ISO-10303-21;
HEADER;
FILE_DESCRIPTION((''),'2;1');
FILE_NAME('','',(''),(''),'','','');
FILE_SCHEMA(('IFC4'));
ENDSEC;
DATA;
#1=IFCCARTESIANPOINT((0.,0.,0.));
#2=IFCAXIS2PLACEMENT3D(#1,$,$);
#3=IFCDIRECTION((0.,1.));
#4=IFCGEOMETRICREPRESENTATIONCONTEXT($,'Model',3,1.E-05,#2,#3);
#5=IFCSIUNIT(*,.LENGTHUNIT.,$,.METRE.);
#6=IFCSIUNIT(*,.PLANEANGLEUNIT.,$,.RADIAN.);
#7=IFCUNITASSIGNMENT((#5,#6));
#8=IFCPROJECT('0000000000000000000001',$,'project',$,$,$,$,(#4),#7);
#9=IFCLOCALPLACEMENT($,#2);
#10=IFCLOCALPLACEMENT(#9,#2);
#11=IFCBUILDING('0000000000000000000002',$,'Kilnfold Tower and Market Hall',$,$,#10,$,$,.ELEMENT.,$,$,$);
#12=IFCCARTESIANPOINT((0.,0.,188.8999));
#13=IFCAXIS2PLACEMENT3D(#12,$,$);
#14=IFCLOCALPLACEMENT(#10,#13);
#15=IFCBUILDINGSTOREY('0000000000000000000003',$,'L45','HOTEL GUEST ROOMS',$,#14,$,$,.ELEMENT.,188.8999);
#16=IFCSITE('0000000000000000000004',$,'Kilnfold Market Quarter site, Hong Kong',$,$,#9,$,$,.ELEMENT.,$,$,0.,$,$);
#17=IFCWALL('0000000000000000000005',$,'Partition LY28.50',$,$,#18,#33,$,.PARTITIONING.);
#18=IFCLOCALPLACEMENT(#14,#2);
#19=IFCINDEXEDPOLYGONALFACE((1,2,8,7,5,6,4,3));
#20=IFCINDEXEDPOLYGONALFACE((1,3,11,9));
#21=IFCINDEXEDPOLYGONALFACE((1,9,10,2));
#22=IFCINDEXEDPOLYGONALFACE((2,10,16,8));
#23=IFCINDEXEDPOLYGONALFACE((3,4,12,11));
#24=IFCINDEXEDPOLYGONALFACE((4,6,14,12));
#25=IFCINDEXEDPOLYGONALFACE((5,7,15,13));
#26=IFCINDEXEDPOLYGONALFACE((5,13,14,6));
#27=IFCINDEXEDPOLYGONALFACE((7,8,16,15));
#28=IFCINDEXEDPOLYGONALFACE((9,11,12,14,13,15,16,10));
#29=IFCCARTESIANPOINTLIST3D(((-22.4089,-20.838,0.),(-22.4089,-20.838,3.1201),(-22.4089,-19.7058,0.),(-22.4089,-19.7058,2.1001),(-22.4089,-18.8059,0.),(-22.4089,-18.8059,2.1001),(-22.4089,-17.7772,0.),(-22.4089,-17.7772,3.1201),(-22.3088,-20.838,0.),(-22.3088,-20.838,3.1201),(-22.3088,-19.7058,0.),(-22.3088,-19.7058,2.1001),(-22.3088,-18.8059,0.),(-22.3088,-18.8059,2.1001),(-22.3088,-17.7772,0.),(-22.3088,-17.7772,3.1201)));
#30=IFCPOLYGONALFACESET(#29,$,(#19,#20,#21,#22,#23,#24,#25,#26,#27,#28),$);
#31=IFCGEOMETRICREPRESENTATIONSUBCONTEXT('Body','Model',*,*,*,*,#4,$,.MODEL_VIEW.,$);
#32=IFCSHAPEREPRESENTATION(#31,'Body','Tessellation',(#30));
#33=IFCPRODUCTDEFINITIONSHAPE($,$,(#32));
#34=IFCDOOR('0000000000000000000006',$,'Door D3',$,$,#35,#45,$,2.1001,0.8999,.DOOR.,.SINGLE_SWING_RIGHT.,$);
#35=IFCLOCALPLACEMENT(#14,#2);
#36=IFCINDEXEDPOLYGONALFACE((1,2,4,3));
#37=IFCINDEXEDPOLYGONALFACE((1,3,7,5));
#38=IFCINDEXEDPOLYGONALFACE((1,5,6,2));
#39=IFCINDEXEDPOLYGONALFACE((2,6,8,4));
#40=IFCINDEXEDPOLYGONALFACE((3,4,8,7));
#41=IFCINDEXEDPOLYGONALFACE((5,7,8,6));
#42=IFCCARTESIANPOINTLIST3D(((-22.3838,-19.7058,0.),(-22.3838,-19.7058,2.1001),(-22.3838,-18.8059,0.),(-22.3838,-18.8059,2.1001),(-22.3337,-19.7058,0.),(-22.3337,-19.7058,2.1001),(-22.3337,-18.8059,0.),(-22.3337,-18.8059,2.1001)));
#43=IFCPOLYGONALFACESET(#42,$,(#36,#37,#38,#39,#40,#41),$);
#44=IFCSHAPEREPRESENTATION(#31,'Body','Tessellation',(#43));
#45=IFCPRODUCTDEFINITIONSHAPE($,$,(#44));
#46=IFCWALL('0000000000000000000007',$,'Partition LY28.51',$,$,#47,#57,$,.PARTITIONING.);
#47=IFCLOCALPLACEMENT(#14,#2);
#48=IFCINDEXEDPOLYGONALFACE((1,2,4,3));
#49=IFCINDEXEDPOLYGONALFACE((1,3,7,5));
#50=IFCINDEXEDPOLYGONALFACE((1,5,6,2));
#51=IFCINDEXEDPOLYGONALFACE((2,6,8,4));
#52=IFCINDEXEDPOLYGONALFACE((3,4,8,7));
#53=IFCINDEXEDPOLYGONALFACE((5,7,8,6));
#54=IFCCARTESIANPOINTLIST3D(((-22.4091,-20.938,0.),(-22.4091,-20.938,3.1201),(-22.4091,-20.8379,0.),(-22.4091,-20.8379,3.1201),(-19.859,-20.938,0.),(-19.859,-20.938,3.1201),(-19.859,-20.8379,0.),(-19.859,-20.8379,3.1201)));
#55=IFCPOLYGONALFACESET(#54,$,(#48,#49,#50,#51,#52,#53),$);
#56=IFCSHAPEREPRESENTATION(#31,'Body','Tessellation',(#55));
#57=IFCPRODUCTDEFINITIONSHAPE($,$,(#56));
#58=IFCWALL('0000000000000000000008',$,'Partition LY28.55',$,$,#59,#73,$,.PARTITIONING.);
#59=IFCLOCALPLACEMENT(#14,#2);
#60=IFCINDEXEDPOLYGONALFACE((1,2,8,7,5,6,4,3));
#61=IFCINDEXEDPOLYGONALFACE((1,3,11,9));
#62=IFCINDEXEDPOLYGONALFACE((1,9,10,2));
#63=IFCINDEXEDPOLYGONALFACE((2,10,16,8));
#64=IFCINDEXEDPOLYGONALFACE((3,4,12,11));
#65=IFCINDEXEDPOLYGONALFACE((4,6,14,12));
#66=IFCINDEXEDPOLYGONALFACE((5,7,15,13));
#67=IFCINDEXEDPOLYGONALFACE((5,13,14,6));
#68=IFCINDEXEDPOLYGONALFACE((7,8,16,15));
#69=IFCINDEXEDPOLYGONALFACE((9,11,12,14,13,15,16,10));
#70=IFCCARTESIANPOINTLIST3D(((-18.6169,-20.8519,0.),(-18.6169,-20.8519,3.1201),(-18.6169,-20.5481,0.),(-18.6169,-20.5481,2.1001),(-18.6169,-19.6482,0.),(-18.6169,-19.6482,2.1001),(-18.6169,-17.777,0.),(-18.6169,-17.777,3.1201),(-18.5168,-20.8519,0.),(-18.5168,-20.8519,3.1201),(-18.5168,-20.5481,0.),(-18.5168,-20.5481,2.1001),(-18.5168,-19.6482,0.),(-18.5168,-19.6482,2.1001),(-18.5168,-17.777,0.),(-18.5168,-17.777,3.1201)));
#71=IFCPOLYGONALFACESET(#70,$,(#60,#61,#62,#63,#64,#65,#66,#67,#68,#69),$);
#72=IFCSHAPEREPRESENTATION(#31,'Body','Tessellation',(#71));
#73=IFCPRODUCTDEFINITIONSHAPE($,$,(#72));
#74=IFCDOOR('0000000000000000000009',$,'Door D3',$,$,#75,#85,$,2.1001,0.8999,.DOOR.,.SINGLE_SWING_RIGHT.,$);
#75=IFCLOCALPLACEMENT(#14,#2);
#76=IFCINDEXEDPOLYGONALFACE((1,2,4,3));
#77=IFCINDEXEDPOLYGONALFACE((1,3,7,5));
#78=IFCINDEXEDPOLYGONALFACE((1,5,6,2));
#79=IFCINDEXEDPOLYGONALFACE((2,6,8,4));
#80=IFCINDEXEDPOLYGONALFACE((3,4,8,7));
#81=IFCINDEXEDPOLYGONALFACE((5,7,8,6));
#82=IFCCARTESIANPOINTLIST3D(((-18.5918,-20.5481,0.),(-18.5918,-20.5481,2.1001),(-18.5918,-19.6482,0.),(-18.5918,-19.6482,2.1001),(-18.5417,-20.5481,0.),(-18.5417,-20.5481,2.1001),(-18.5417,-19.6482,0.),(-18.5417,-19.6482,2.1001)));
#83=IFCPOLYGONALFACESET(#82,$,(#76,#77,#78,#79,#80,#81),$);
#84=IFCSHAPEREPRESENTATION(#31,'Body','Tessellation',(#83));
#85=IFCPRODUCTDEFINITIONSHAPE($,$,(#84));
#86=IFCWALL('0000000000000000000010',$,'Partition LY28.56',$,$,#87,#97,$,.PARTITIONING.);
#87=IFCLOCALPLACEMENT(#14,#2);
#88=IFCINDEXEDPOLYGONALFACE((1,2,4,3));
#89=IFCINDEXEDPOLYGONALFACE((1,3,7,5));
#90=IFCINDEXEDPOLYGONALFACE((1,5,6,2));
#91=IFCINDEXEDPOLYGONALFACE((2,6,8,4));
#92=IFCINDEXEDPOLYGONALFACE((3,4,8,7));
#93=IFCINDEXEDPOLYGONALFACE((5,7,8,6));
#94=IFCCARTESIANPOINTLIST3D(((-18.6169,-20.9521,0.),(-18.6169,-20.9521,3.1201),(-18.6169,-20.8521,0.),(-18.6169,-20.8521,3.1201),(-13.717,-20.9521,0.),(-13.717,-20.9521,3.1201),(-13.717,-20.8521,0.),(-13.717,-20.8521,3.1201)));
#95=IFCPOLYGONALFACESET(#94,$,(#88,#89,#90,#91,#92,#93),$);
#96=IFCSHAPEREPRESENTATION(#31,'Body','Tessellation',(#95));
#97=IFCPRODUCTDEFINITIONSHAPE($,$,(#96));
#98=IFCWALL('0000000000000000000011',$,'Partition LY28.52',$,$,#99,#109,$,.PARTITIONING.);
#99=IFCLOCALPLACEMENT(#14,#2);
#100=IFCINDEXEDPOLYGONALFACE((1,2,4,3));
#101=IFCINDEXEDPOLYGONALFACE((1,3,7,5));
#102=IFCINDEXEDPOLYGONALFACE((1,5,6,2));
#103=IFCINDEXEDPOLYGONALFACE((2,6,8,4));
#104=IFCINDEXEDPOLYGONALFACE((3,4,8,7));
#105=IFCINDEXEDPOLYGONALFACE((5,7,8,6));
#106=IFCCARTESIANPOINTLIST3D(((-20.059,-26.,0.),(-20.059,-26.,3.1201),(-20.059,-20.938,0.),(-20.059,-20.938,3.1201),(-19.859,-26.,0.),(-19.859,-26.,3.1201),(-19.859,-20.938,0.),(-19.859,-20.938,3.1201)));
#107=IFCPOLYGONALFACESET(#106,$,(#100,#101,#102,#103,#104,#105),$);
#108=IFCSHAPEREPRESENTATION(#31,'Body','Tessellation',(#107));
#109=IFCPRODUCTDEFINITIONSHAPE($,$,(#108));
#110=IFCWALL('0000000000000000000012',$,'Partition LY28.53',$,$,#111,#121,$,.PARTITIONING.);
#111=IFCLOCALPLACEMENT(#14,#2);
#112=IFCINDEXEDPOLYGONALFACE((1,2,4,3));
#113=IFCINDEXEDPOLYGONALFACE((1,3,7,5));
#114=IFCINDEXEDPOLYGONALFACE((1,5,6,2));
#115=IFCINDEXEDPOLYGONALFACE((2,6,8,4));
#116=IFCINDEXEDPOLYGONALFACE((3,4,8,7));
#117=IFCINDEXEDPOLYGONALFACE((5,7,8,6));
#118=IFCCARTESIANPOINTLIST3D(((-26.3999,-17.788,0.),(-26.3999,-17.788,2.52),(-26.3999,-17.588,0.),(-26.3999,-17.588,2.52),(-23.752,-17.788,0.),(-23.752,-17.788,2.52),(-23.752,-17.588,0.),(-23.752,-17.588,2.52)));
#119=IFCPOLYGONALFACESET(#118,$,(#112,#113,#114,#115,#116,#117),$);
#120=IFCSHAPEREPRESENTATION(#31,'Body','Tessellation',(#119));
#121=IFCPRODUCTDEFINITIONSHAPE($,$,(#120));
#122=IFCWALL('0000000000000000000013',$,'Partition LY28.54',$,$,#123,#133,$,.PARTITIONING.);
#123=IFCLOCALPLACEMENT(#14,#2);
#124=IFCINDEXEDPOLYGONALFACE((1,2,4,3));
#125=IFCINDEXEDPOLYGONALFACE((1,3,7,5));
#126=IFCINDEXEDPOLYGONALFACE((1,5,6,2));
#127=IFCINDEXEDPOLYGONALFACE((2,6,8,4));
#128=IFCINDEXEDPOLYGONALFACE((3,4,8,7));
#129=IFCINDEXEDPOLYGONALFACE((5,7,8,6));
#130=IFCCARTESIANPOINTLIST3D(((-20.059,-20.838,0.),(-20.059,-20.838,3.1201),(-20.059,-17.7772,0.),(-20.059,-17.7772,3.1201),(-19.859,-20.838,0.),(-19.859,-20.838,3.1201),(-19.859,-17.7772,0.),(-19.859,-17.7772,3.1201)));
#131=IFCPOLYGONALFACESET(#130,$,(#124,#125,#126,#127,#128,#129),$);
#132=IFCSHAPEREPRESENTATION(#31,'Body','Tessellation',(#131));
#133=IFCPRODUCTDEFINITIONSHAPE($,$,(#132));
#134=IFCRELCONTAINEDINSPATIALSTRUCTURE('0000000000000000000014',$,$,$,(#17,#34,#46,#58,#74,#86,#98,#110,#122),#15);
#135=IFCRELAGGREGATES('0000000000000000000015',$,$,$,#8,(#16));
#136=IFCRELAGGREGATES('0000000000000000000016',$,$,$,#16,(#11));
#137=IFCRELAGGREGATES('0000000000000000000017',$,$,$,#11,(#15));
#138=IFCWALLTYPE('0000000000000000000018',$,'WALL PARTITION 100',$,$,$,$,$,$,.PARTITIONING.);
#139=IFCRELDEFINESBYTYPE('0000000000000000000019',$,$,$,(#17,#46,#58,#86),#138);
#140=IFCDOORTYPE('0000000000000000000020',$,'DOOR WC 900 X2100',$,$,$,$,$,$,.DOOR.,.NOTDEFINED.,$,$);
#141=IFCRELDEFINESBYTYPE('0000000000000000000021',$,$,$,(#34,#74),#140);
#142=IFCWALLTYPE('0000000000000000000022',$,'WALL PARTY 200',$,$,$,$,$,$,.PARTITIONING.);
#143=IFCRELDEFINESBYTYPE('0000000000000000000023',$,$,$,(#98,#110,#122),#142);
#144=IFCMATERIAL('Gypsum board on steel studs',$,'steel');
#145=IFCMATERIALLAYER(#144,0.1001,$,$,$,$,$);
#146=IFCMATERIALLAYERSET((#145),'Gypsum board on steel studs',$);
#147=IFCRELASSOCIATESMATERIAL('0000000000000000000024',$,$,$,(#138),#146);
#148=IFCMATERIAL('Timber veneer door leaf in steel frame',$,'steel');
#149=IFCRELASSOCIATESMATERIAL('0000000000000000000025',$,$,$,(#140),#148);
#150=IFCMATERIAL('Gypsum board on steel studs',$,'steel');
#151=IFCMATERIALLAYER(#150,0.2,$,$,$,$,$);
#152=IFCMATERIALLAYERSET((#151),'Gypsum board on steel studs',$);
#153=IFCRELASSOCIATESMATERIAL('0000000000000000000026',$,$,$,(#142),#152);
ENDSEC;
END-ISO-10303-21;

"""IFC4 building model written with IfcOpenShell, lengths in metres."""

from ifc_helpers import new_model, si_unit, direction, frame, frame_2d, origin, place, context, subcontext, project, spatial, rectangle, extrude, material, layer, layer_set, type_object, element, fill, save


model = new_model("IFC4")

# Units and contexts
model_context = context("Model", 3, precision=1e-05, world=origin(), true_north=direction((0.0, 1.0)))
body_context = subcontext(model_context, "Body", "Model", "MODEL_VIEW")
ifc_project = project(units=[si_unit("LENGTHUNIT", "METRE"), si_unit("PLANEANGLEUNIT", "RADIAN")], contexts=[model_context])

# Site, building, storey
site_placement = place(None, origin())
site = spatial("IfcSite", under=ifc_project, at=site_placement, Name="Kilnfold Market Quarter site, Hong Kong", CompositionType="ELEMENT", RefElevation=0.0)
building_placement = place(site_placement, origin())
building = spatial("IfcBuilding", under=site, at=building_placement, Name="Kilnfold Tower and Market Hall", CompositionType="ELEMENT")
storey_placement = place(building_placement, frame((0.0, 0.0, 188.8999)))
storey = spatial("IfcBuildingStorey", under=building, at=storey_placement, Name="L45", Description="HOTEL GUEST ROOMS", CompositionType="ELEMENT", Elevation=188.8999)

# Wall, opening, door
ifc_material_1 = material(Name="Gypsum board on steel studs", Category="steel")
ifc_layer_1 = layer(ifc_material_1, 0.1001)
ifc_layer_set_1 = layer_set([ifc_layer_1], Name="Gypsum board on steel studs")
wall_type_1 = type_object("IfcWallType", Name="WALL PARTITION 100", PredefinedType="PARTITIONING", material=ifc_layer_set_1)
wall_1_placement = place(storey_placement, frame((-22.3589, -20.8379, 0.0), z_axis=(0.0, 0.0, 1.0), x_axis=(0.0, 1.0, 0.0)))
wall_1 = element("IfcWall", 1, at=wall_1_placement, inside=storey, type_object=wall_type_1, Name="Partition LY28.50", PredefinedType="PARTITIONING", context=body_context, shape_type="SweptSolid", body=[
    extrude(rectangle(XDim=3.0608, YDim=0.1001, at=frame_2d((1.5303, 0.0))), origin(), (0.0, 0.0, 1.0), 3.1201),
])
opening_1_placement = place(wall_1_placement, frame((1.1321, 0.0, 0.0)))
opening_1 = element("IfcOpeningElement", 2, at=opening_1_placement, cuts=wall_1, PredefinedType="OPENING", context=body_context, shape_type="SweptSolid", body=[
    extrude(rectangle(XDim=0.8999, YDim=2.1001, at=frame_2d((0.45, 1.05))), frame((0.0, 0.0601, 0.0), z_axis=(0.0, -1.0, 0.0), x_axis=(1.0, 0.0, 0.0)), (0.0, 0.0, 1.0), 0.1201),
])
ifc_material_2 = material(Name="Timber veneer door leaf in steel frame", Category="steel")
door_type_1 = type_object("IfcDoorType", Name="DOOR WC 900 X2100", OperationType="NOTDEFINED", PredefinedType="DOOR", material=ifc_material_2)
door_1_placement = place(opening_1_placement, origin())
door_1 = element("IfcDoor", 3, at=door_1_placement, inside=storey, type_object=door_type_1, Name="Door D3", OperationType="SINGLE_SWING_RIGHT", OverallHeight=2.1001, OverallWidth=0.8999, PredefinedType="DOOR", context=body_context, shape_type="SweptSolid", body=[
    extrude(rectangle(XDim=0.8999, YDim=2.1001, at=frame_2d((0.45, 1.05))), frame((0.0, 0.0249, 0.0), z_axis=(0.0, -1.0, 0.0), x_axis=(1.0, 0.0, 0.0)), (0.0, 0.0, 1.0), 0.05),
])
fill(opening_1, door_1)

# Wall
wall_2_placement = place(storey_placement, frame((-22.4089, -20.8879, 0.0), z_axis=(0.0, 0.0, 1.0), x_axis=(1.0, 0.0, 0.0)))
element("IfcWall", 4, at=wall_2_placement, inside=storey, type_object=wall_type_1, Name="Partition LY28.51", PredefinedType="PARTITIONING", context=body_context, shape_type="SweptSolid", body=[
    extrude(rectangle(XDim=2.55, YDim=0.1001, at=frame_2d((1.2749, 0.0))), origin(), (0.0, 0.0, 1.0), 3.1201),
])

# Wall, opening, door
wall_3_placement = place(storey_placement, frame((-18.5669, -20.8521, 0.0), z_axis=(0.0, 0.0, 1.0), x_axis=(0.0, 1.0, 0.0)))
wall_3 = element("IfcWall", 5, at=wall_3_placement, inside=storey, type_object=wall_type_1, Name="Partition LY28.55", PredefinedType="PARTITIONING", context=body_context, shape_type="SweptSolid", body=[
    extrude(rectangle(XDim=3.075, YDim=0.1001, at=frame_2d((1.5376, 0.0))), origin(), (0.0, 0.0, 1.0), 3.1201),
])
opening_2_placement = place(wall_3_placement, frame((0.304, 0.0, 0.0)))
opening_2 = element("IfcOpeningElement", 6, at=opening_2_placement, cuts=wall_3, PredefinedType="OPENING", context=body_context, shape_type="SweptSolid", body=[
    extrude(rectangle(XDim=0.8999, YDim=2.1001, at=frame_2d((0.45, 1.05))), frame((0.0, 0.0601, 0.0), z_axis=(0.0, -1.0, 0.0), x_axis=(1.0, 0.0, 0.0)), (0.0, 0.0, 1.0), 0.1201),
])
door_2_placement = place(opening_2_placement, origin())
door_2 = element("IfcDoor", 7, at=door_2_placement, inside=storey, type_object=door_type_1, Name="Door D3", OperationType="SINGLE_SWING_RIGHT", OverallHeight=2.1001, OverallWidth=0.8999, PredefinedType="DOOR", context=body_context, shape_type="SweptSolid", body=[
    extrude(rectangle(XDim=0.8999, YDim=2.1001, at=frame_2d((0.45, 1.05))), frame((0.0, 0.0249, 0.0), z_axis=(0.0, -1.0, 0.0), x_axis=(1.0, 0.0, 0.0)), (0.0, 0.0, 1.0), 0.05),
])
fill(opening_2, door_2)

# Walls
wall_4_placement = place(storey_placement, frame((-18.6169, -20.9021, 0.0), z_axis=(0.0, 0.0, 1.0), x_axis=(1.0, 0.0, 0.0)))
element("IfcWall", 8, at=wall_4_placement, inside=storey, type_object=wall_type_1, Name="Partition LY28.56", PredefinedType="PARTITIONING", context=body_context, shape_type="SweptSolid", body=[
    extrude(rectangle(XDim=4.8999, YDim=0.1001, at=frame_2d((2.45, 0.0))), origin(), (0.0, 0.0, 1.0), 3.1201),
])
ifc_material_3 = material(Name="Gypsum board on steel studs", Category="steel")
ifc_layer_2 = layer(ifc_material_3, 0.2)
ifc_layer_set_2 = layer_set([ifc_layer_2], Name="Gypsum board on steel studs")
wall_type_2 = type_object("IfcWallType", Name="WALL PARTY 200", PredefinedType="PARTITIONING", material=ifc_layer_set_2)
wall_5_placement = place(storey_placement, frame((-19.959, -26.0, 0.0), z_axis=(0.0, 0.0, 1.0), x_axis=(0.0, 1.0, 0.0)))
element("IfcWall", 9, at=wall_5_placement, inside=storey, type_object=wall_type_2, Name="Partition LY28.52", PredefinedType="PARTITIONING", context=body_context, shape_type="SweptSolid", body=[
    extrude(rectangle(XDim=5.062, YDim=0.2, at=frame_2d((2.531, 0.0))), origin(), (0.0, 0.0, 1.0), 3.1201),
])
wall_6_placement = place(storey_placement, frame((-26.3999, -17.688, 0.0), z_axis=(0.0, 0.0, 1.0), x_axis=(1.0, 0.0, 0.0)))
element("IfcWall", 10, at=wall_6_placement, inside=storey, type_object=wall_type_2, Name="Partition LY28.53", PredefinedType="PARTITIONING", context=body_context, shape_type="SweptSolid", body=[
    extrude(rectangle(XDim=2.6479, YDim=0.2, at=frame_2d((1.324, 0.0))), origin(), (0.0, 0.0, 1.0), 2.52),
])
wall_7_placement = place(storey_placement, frame((-19.959, -20.8379, 0.0), z_axis=(0.0, 0.0, 1.0), x_axis=(0.0, 1.0, 0.0)))
element("IfcWall", 11, at=wall_7_placement, inside=storey, type_object=wall_type_2, Name="Partition LY28.54", PredefinedType="PARTITIONING", context=body_context, shape_type="SweptSolid", body=[
    extrude(rectangle(XDim=3.0608, YDim=0.2, at=frame_2d((1.5303, 0.0))), origin(), (0.0, 0.0, 1.0), 3.1201),
])

save(model, "model.ifc")
